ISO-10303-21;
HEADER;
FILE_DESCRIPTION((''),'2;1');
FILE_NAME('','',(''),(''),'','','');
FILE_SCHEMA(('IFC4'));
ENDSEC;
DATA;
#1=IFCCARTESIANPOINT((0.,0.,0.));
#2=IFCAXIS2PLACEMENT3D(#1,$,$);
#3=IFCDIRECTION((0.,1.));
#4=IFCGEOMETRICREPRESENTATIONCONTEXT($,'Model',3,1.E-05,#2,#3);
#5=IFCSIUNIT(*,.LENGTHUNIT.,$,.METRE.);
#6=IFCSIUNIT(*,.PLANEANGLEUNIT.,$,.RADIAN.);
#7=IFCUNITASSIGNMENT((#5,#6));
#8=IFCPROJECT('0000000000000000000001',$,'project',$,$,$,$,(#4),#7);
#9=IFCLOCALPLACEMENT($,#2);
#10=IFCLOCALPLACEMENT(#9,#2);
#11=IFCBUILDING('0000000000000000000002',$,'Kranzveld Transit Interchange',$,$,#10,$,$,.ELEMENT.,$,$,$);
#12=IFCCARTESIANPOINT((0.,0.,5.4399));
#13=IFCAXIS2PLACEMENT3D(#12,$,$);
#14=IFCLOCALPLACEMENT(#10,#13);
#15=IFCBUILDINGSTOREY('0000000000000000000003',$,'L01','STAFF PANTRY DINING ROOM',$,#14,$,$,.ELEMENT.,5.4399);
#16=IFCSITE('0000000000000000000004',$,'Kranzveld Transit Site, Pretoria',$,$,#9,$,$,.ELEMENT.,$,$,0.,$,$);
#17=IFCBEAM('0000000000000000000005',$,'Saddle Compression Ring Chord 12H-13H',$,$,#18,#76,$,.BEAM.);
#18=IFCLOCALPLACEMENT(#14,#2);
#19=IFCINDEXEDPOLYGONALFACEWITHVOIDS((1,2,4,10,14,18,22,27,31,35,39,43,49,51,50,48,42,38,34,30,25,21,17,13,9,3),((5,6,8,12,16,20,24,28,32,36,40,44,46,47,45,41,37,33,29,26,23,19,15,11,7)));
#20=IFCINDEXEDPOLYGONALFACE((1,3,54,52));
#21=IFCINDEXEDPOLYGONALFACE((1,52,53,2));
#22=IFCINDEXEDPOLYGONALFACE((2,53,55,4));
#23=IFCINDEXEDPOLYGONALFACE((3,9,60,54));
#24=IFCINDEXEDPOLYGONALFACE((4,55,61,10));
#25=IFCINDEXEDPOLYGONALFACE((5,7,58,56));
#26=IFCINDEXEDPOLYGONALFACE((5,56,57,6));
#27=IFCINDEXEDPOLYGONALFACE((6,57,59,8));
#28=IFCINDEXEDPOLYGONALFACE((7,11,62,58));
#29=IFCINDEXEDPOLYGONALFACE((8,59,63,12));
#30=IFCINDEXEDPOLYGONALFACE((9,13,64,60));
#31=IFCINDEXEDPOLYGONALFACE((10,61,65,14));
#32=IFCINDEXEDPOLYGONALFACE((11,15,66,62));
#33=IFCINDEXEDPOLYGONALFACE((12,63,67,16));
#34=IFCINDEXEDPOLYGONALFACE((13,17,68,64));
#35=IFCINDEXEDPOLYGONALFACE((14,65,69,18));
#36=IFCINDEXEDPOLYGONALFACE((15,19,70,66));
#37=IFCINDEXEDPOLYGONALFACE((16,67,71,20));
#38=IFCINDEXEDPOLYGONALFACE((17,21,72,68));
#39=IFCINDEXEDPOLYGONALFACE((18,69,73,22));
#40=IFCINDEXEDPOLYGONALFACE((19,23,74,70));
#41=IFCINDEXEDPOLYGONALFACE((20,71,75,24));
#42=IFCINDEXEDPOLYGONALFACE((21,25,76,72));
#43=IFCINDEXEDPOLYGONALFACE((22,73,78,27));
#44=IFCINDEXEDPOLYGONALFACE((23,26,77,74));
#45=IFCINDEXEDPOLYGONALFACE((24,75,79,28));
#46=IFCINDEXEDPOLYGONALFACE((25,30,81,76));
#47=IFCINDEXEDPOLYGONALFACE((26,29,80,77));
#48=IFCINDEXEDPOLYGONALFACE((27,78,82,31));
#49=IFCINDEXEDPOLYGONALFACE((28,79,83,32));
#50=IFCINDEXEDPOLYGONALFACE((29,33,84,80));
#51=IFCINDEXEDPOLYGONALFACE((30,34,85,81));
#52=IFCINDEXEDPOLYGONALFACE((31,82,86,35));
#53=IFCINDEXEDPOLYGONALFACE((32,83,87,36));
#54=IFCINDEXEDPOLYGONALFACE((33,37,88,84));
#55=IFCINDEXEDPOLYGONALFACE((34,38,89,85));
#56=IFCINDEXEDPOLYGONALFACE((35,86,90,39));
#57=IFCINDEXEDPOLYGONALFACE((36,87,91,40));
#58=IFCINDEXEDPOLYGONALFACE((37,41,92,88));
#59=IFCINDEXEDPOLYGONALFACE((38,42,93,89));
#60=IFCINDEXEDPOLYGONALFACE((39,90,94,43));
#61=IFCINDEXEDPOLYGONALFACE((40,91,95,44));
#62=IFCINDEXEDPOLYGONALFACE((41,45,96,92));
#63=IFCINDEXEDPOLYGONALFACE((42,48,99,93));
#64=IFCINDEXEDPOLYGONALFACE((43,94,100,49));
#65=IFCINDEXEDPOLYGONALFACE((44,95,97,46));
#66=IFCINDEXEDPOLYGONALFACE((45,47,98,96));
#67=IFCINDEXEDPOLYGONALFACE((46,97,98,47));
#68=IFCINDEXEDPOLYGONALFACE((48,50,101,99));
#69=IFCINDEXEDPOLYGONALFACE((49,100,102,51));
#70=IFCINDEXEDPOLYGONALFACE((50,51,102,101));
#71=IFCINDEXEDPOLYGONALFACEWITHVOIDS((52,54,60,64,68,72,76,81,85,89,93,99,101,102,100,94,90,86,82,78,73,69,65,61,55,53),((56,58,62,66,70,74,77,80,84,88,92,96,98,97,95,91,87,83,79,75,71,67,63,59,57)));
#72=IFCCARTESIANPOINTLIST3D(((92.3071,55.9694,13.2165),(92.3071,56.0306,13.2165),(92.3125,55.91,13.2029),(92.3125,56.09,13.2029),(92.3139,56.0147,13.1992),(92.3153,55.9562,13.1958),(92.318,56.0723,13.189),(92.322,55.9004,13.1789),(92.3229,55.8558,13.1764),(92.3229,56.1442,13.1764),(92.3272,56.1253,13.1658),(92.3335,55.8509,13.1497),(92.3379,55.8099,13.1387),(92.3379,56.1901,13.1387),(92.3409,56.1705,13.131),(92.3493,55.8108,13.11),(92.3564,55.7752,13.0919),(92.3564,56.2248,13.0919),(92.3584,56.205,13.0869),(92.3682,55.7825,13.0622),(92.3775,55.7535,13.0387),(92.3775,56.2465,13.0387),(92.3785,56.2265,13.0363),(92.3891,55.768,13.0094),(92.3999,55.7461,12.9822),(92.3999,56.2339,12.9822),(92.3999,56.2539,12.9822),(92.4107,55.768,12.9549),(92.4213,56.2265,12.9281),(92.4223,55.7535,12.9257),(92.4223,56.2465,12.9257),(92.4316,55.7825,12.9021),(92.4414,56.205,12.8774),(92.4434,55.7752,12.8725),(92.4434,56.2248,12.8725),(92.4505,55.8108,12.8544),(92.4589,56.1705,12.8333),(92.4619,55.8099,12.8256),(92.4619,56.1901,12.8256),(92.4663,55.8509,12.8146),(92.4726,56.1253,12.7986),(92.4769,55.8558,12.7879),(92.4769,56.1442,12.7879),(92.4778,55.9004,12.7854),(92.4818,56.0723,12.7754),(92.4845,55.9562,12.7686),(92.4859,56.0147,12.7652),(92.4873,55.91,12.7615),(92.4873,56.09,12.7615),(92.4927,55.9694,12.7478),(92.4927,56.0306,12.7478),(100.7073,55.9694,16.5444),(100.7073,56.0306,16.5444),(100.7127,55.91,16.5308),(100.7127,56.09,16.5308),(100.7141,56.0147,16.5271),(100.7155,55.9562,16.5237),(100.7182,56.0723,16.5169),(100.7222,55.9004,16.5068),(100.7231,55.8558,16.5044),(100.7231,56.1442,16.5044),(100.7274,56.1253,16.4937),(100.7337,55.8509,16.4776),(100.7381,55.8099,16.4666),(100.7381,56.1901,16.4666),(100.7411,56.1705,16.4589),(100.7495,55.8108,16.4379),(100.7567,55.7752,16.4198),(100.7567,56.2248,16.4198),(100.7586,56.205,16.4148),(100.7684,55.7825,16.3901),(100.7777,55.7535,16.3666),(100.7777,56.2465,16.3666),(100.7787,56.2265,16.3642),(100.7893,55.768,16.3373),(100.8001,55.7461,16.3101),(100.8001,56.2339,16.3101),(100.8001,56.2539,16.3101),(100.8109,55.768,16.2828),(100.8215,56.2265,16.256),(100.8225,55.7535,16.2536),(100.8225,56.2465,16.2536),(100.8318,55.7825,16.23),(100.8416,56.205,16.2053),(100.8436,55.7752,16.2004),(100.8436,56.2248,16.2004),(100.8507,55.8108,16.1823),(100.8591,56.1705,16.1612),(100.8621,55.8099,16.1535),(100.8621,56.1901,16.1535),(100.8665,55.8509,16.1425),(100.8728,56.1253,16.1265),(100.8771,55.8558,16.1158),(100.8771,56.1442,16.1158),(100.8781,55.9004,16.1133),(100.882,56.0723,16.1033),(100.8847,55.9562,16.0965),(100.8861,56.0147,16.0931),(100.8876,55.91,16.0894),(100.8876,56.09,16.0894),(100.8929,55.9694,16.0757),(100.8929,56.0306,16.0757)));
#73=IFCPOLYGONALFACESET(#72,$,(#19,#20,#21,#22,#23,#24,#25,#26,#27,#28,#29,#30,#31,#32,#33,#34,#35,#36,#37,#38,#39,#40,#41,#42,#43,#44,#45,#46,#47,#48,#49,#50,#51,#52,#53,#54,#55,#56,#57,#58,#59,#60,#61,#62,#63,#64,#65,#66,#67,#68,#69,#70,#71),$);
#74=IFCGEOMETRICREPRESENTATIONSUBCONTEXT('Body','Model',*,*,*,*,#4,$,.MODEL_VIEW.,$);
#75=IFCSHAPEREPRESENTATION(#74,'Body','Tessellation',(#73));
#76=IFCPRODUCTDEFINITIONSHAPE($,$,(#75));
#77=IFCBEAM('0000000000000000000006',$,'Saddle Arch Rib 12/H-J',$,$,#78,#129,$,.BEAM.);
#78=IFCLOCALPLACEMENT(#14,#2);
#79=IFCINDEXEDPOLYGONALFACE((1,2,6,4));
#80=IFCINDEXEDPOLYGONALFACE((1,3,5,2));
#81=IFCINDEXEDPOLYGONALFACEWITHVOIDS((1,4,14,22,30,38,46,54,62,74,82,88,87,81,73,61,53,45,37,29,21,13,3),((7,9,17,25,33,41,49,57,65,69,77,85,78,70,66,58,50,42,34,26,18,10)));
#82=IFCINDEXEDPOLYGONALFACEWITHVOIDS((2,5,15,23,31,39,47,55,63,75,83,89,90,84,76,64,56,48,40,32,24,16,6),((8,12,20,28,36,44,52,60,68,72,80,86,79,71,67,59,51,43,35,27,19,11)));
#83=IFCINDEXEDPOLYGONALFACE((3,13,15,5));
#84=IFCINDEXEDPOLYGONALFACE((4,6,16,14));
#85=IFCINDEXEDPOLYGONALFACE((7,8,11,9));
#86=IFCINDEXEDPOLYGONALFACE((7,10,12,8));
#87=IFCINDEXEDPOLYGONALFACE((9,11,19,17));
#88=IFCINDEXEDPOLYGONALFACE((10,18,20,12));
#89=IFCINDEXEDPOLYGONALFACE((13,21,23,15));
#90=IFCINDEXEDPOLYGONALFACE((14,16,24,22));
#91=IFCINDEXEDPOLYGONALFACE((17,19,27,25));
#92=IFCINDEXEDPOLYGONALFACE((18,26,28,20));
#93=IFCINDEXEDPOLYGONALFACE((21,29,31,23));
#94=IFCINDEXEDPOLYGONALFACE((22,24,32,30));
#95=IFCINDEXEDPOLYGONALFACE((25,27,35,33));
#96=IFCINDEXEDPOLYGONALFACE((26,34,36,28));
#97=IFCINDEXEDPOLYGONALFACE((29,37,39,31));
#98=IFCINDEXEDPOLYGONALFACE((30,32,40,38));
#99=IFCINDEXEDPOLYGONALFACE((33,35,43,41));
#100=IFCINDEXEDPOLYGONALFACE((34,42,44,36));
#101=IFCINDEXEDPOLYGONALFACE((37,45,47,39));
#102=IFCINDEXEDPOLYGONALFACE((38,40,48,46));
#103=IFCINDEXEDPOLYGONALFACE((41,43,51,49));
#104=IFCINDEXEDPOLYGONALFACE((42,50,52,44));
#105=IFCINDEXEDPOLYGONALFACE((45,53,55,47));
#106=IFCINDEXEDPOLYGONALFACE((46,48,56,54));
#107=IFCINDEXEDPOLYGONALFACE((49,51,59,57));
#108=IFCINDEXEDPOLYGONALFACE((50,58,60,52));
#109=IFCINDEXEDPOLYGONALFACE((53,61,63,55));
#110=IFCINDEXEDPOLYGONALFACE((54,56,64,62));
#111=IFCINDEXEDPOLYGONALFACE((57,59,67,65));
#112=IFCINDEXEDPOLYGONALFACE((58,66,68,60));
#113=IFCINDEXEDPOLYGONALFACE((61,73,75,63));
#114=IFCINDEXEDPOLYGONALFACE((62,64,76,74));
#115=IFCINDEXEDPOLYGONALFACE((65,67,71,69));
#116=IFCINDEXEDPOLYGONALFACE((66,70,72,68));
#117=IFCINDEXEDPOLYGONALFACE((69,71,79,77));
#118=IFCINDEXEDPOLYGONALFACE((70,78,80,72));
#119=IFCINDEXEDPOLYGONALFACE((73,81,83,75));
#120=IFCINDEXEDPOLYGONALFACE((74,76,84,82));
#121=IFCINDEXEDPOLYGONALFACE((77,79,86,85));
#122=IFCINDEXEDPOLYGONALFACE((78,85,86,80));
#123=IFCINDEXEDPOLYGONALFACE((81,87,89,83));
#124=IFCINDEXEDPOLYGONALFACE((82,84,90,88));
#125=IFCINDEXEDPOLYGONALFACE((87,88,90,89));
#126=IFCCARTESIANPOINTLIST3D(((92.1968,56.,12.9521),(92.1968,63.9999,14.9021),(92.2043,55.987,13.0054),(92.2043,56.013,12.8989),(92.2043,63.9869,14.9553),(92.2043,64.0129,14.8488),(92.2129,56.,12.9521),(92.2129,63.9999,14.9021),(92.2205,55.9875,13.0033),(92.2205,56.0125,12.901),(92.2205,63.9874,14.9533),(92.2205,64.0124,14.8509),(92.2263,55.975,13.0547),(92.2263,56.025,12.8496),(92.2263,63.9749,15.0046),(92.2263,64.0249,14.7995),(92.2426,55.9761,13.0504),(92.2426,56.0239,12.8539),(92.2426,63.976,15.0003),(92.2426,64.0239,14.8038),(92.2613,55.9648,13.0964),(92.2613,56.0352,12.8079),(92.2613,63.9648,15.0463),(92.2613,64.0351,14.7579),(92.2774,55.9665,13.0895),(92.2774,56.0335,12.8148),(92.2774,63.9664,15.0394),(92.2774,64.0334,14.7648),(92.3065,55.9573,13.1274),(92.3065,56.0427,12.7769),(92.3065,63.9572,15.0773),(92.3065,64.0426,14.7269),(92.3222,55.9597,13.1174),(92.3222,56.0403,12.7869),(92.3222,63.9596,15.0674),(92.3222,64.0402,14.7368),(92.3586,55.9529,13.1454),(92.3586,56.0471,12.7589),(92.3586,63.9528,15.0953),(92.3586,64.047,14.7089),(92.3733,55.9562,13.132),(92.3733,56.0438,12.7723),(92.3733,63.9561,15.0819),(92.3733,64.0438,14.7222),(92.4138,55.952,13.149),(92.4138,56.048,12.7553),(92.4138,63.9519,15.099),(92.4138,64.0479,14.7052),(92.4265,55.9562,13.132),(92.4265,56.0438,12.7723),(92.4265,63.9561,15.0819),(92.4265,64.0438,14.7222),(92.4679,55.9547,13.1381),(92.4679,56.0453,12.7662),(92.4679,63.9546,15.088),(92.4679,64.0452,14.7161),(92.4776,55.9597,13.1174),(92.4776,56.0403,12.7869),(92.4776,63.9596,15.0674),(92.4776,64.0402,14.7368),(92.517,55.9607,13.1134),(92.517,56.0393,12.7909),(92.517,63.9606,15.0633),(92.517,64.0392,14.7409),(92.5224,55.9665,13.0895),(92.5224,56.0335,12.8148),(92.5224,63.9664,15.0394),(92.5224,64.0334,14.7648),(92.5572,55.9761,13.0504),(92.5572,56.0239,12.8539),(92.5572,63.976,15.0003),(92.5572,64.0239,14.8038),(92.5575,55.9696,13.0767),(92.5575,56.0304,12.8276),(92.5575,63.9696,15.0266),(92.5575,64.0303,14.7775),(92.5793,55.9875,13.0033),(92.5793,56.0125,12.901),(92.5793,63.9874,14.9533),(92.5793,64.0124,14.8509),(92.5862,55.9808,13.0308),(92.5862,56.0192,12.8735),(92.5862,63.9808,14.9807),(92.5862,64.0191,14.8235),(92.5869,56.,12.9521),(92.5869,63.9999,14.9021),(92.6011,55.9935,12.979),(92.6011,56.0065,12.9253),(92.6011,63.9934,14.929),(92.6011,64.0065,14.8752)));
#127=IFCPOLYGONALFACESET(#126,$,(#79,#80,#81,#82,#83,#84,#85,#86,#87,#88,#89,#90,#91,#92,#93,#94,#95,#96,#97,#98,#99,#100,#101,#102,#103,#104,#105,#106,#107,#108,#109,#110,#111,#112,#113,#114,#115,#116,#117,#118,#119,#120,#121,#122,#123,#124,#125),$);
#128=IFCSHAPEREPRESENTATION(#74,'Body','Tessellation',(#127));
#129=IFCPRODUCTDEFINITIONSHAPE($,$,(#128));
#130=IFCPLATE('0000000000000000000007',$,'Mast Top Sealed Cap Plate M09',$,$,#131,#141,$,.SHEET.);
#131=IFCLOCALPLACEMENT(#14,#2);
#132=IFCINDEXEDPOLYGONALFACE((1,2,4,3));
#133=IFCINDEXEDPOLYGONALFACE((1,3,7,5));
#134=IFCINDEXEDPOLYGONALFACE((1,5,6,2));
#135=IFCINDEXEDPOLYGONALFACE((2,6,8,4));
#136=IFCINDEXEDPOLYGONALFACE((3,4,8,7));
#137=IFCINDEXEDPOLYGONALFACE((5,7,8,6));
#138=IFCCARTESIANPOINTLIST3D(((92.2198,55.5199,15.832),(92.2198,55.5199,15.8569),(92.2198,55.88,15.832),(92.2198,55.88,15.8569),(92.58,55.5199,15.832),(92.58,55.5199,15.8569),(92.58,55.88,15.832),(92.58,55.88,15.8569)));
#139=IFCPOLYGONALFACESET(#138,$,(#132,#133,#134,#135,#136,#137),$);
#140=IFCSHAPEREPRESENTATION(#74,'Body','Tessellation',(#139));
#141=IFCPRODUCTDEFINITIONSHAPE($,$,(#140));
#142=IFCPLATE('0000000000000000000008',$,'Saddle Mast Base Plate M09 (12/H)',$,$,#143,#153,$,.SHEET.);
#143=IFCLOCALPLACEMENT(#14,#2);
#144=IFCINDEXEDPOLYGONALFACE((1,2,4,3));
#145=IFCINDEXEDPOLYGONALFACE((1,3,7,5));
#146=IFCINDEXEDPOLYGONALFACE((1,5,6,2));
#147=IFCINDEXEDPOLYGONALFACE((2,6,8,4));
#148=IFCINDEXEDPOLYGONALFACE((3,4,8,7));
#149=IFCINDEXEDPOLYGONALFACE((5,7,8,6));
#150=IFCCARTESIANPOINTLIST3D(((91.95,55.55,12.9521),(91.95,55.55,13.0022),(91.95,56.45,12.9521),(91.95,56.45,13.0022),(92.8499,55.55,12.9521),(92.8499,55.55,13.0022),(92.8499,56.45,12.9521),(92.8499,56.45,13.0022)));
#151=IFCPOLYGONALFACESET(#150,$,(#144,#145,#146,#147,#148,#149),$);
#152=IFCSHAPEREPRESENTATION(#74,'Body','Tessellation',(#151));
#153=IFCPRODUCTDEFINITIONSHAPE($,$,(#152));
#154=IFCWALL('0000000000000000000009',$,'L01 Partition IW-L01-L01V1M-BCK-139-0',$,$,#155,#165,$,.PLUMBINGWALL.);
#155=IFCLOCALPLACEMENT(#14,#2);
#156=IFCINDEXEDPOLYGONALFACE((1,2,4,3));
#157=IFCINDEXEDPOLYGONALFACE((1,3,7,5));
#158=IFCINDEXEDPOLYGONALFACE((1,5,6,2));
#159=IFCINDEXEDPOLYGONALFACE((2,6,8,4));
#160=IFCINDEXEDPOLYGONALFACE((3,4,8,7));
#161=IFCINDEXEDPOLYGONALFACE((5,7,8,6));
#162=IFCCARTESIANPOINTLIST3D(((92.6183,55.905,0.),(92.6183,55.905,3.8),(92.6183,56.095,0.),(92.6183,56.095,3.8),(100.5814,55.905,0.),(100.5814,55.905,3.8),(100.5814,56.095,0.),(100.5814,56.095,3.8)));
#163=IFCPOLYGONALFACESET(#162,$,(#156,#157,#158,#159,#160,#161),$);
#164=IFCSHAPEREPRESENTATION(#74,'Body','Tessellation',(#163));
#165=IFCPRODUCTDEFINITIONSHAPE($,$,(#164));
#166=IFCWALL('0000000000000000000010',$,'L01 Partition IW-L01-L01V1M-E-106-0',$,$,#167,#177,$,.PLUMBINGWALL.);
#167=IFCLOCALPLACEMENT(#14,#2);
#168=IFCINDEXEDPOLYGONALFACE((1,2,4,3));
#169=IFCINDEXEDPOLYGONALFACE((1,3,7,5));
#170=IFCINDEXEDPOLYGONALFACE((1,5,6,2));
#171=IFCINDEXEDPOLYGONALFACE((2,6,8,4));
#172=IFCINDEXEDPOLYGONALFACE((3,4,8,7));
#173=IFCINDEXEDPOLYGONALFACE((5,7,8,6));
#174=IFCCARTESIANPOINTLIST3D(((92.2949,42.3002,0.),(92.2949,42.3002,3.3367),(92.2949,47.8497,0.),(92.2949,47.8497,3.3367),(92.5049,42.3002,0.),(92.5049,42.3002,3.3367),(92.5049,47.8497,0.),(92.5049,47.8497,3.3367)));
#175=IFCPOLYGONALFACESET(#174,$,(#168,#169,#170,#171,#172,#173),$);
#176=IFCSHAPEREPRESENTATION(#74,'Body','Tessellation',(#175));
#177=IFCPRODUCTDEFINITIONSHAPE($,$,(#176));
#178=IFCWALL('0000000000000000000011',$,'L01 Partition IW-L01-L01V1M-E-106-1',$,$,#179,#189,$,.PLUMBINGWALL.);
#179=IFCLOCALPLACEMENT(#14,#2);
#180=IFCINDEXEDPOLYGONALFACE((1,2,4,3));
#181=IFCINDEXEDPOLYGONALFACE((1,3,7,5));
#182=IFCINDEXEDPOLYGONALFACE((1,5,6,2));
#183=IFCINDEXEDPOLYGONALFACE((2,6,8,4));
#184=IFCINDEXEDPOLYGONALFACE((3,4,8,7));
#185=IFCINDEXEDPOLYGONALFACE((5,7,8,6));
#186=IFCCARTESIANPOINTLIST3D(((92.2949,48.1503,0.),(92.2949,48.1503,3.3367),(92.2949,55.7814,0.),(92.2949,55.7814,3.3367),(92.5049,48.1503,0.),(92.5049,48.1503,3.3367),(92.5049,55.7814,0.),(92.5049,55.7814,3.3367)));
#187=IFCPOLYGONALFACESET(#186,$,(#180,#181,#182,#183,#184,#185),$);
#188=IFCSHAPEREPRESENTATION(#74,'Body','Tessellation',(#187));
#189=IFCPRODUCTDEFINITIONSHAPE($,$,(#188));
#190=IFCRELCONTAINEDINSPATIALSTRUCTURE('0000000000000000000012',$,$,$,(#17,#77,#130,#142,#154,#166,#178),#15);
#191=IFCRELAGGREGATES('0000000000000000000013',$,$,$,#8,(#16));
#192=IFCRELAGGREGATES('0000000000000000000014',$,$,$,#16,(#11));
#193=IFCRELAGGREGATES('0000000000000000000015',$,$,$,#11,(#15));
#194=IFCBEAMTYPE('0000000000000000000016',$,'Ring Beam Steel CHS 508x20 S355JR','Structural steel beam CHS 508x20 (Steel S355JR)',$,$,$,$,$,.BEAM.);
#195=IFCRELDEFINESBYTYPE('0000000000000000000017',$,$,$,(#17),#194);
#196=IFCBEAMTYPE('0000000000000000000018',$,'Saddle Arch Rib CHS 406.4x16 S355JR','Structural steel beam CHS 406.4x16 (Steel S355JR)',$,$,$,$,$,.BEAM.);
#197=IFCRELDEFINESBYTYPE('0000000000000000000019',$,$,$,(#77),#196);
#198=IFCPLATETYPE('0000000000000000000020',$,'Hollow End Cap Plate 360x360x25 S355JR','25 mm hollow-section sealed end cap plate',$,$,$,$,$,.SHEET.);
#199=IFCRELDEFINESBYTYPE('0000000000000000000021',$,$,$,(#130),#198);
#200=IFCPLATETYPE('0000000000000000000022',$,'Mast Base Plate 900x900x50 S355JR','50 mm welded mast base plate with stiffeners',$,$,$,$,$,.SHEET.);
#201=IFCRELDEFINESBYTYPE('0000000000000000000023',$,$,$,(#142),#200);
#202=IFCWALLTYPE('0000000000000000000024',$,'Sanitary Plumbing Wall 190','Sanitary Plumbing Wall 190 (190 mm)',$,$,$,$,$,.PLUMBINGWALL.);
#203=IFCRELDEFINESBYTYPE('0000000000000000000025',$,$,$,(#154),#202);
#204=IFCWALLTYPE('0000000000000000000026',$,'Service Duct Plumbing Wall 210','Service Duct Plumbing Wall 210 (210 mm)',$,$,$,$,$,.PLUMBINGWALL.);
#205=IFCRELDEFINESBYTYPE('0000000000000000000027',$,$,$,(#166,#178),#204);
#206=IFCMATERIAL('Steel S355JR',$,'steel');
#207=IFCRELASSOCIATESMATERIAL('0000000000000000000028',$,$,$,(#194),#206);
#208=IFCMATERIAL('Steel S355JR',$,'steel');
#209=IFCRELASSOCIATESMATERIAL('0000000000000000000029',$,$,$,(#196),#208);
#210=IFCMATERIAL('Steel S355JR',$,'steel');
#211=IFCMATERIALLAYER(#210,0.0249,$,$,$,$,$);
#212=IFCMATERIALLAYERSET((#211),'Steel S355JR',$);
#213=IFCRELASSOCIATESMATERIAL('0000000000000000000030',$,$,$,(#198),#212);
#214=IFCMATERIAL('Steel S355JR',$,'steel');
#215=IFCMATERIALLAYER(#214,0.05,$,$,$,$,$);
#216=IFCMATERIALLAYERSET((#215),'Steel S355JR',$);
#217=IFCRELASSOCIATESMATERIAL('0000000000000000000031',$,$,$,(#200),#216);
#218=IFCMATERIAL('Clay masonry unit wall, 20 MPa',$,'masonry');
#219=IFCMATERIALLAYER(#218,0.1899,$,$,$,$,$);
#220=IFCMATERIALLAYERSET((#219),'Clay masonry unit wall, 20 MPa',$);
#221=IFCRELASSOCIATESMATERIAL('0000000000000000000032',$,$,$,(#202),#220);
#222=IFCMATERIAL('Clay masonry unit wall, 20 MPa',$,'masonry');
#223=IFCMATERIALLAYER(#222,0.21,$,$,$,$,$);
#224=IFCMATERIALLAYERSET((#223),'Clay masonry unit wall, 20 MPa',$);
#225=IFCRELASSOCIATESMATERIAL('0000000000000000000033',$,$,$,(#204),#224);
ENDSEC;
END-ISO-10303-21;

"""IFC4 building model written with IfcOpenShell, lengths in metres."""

from ifc_helpers import new_model, si_unit, direction, frame, frame_2d, origin, origin_2d, place, context, subcontext, project, spatial, rectangle, hollow_circle, extrude, material, layer, layer_set, material_profile, profile_set, type_object, element, save


model = new_model("IFC4")

# Units and contexts
model_context = context("Model", 3, precision=1e-05, world=origin(), true_north=direction((0.0, 1.0)))
body_context = subcontext(model_context, "Body", "Model", "MODEL_VIEW")
ifc_project = project(units=[si_unit("LENGTHUNIT", "METRE"), si_unit("PLANEANGLEUNIT", "RADIAN")], contexts=[model_context])

# Site, building, storey
site_placement = place(None, origin())
site = spatial("IfcSite", under=ifc_project, at=site_placement, Name="Kranzveld Transit Site, Pretoria", CompositionType="ELEMENT", RefElevation=0.0)
building_placement = place(site_placement, origin())
building = spatial("IfcBuilding", under=site, at=building_placement, Name="Kranzveld Transit Interchange", CompositionType="ELEMENT")
storey_placement = place(building_placement, frame((0.0, 0.0, 5.4399)))
storey = spatial("IfcBuildingStorey", under=building, at=storey_placement, Name="L01", Description="STAFF PANTRY DINING ROOM", CompositionType="ELEMENT", Elevation=5.4399)

# Beams
ifc_material_1 = material(Name="Steel S355JR", Category="steel")
ifc_material_profile_1 = material_profile(ifc_material_1, hollow_circle(Radius=0.2539, WallThickness=0.02, at=origin_2d()), Name="CHS 508x20")
ifc_profile_set_1 = profile_set([ifc_material_profile_1], Name="Steel S355JR")
beam_type_1 = type_object("IfcBeamType", Name="Ring Beam Steel CHS 508x20 S355JR", Description="Structural steel beam CHS 508x20 (Steel S355JR)", PredefinedType="BEAM", material=ifc_profile_set_1)
beam_1_placement = place(storey_placement, frame((92.3999, 56.0, 12.9822), z_axis=(0.9297, 0.0, 0.368319), x_axis=(0.0, 1.0, 0.0)))
element("IfcBeam", 1, at=beam_1_placement, inside=storey, type_object=beam_type_1, Name="Saddle Compression Ring Chord 12H-13H", PredefinedType="BEAM", context=body_context, shape_type="SweptSolid", body=[
    extrude(hollow_circle(Radius=0.2539, WallThickness=0.02, at=origin_2d()), origin(), (0.0, 0.0, 1.0), 9.0354),
])
ifc_material_2 = material(Name="Steel S355JR", Category="steel")
ifc_material_profile_2 = material_profile(ifc_material_2, hollow_circle(Radius=0.2031, WallThickness=0.0161, at=origin_2d()), Name="CHS 406.4x16")
ifc_profile_set_2 = profile_set([ifc_material_profile_2], Name="Steel S355JR")
beam_type_2 = type_object("IfcBeamType", Name="Saddle Arch Rib CHS 406.4x16 S355JR", Description="Structural steel beam CHS 406.4x16 (Steel S355JR)", PredefinedType="BEAM", material=ifc_profile_set_2)
beam_2_placement = place(storey_placement, frame((92.3999, 56.0, 12.9521), z_axis=(0.0, 0.971556, 0.236811), x_axis=(-1.0, 0.0, 0.0)))
element("IfcBeam", 2, at=beam_2_placement, inside=storey, type_object=beam_type_2, Name="Saddle Arch Rib 12/H-J", PredefinedType="BEAM", context=body_context, shape_type="SweptSolid", body=[
    extrude(hollow_circle(Radius=0.2031, WallThickness=0.0161, at=origin_2d()), origin(), (0.0, 0.0, 1.0), 8.2341),
])

# Plates
ifc_material_3 = material(Name="Steel S355JR", Category="steel")
ifc_layer_1 = layer(ifc_material_3, 0.0249)
ifc_layer_set_1 = layer_set([ifc_layer_1], Name="Steel S355JR")
plate_type_1 = type_object("IfcPlateType", Name="Hollow End Cap Plate 360x360x25 S355JR", Description="25 mm hollow-section sealed end cap plate", PredefinedType="SHEET", material=ifc_layer_set_1)
plate_1_placement = place(storey_placement, frame((92.3999, 55.7, 15.832), z_axis=(0.0, 0.0, 1.0), x_axis=(1.0, 0.0, 0.0)))
element("IfcPlate", 3, at=plate_1_placement, inside=storey, type_object=plate_type_1, Name="Mast Top Sealed Cap Plate M09", PredefinedType="SHEET", context=body_context, shape_type="SweptSolid", body=[
    extrude(rectangle(XDim=0.3601, YDim=0.3601, at=origin_2d()), origin(), (0.0, 0.0, 1.0), 0.0249),
])
ifc_material_4 = material(Name="Steel S355JR", Category="steel")
ifc_layer_2 = layer(ifc_material_4, 0.05)
ifc_layer_set_2 = layer_set([ifc_layer_2], Name="Steel S355JR")
plate_type_2 = type_object("IfcPlateType", Name="Mast Base Plate 900x900x50 S355JR", Description="50 mm welded mast base plate with stiffeners", PredefinedType="SHEET", material=ifc_layer_set_2)
plate_2_placement = place(storey_placement, frame((92.3999, 56.0, 12.9521), z_axis=(0.0, 0.0, 1.0), x_axis=(1.0, 0.0, 0.0)))
element("IfcPlate", 4, at=plate_2_placement, inside=storey, type_object=plate_type_2, Name="Saddle Mast Base Plate M09 (12/H)", PredefinedType="SHEET", context=body_context, shape_type="SweptSolid", body=[
    extrude(rectangle(XDim=0.8999, YDim=0.8999, at=origin_2d()), origin(), (0.0, 0.0, 1.0), 0.05),
])

# Walls
ifc_material_5 = material(Name="Clay masonry unit wall, 20 MPa", Category="masonry")
ifc_layer_3 = layer(ifc_material_5, 0.1899)
ifc_layer_set_3 = layer_set([ifc_layer_3], Name="Clay masonry unit wall, 20 MPa")
wall_type_1 = type_object("IfcWallType", Name="Sanitary Plumbing Wall 190", Description="Sanitary Plumbing Wall 190 (190 mm)", PredefinedType="PLUMBINGWALL", material=ifc_layer_set_3)
wall_1_placement = place(storey_placement, frame((92.6184, 56.0, 0.0), z_axis=(0.0, 0.0, 1.0), x_axis=(1.0, 0.0, 0.0)))
element("IfcWall", 5, at=wall_1_placement, inside=storey, type_object=wall_type_1, Name="L01 Partition IW-L01-L01V1M-BCK-139-0", PredefinedType="PLUMBINGWALL", context=body_context, shape_type="SweptSolid", body=[
    extrude(rectangle(XDim=7.9631, YDim=0.1899, at=frame_2d((3.9814, 0.0))), origin(), (0.0, 0.0, 1.0), 3.8),
])
ifc_material_6 = material(Name="Clay masonry unit wall, 20 MPa", Category="masonry")
ifc_layer_4 = layer(ifc_material_6, 0.21)
ifc_layer_set_4 = layer_set([ifc_layer_4], Name="Clay masonry unit wall, 20 MPa")
wall_type_2 = type_object("IfcWallType", Name="Service Duct Plumbing Wall 210", Description="Service Duct Plumbing Wall 210 (210 mm)", PredefinedType="PLUMBINGWALL", material=ifc_layer_set_4)
wall_2_placement = place(storey_placement, frame((92.3999, 42.3, 0.0), z_axis=(0.0, 0.0, 1.0), x_axis=(0.0, 1.0, 0.0)))
element("IfcWall", 6, at=wall_2_placement, inside=storey, type_object=wall_type_2, Name="L01 Partition IW-L01-L01V1M-E-106-0", PredefinedType="PLUMBINGWALL", context=body_context, shape_type="SweptSolid", body=[
    extrude(rectangle(XDim=5.5496, YDim=0.21, at=frame_2d((2.7749, 0.0))), origin(), (0.0, 0.0, 1.0), 3.3367),
])
wall_3_placement = place(storey_placement, frame((92.3999, 48.1504, 0.0), z_axis=(0.0, 0.0, 1.0), x_axis=(0.0, 1.0, 0.0)))
element("IfcWall", 7, at=wall_3_placement, inside=storey, type_object=wall_type_2, Name="L01 Partition IW-L01-L01V1M-E-106-1", PredefinedType="PLUMBINGWALL", context=body_context, shape_type="SweptSolid", body=[
    extrude(rectangle(XDim=7.6311, YDim=0.21, at=frame_2d((3.8154, 0.0))), origin(), (0.0, 0.0, 1.0), 3.3367),
])

save(model, "model.ifc")
